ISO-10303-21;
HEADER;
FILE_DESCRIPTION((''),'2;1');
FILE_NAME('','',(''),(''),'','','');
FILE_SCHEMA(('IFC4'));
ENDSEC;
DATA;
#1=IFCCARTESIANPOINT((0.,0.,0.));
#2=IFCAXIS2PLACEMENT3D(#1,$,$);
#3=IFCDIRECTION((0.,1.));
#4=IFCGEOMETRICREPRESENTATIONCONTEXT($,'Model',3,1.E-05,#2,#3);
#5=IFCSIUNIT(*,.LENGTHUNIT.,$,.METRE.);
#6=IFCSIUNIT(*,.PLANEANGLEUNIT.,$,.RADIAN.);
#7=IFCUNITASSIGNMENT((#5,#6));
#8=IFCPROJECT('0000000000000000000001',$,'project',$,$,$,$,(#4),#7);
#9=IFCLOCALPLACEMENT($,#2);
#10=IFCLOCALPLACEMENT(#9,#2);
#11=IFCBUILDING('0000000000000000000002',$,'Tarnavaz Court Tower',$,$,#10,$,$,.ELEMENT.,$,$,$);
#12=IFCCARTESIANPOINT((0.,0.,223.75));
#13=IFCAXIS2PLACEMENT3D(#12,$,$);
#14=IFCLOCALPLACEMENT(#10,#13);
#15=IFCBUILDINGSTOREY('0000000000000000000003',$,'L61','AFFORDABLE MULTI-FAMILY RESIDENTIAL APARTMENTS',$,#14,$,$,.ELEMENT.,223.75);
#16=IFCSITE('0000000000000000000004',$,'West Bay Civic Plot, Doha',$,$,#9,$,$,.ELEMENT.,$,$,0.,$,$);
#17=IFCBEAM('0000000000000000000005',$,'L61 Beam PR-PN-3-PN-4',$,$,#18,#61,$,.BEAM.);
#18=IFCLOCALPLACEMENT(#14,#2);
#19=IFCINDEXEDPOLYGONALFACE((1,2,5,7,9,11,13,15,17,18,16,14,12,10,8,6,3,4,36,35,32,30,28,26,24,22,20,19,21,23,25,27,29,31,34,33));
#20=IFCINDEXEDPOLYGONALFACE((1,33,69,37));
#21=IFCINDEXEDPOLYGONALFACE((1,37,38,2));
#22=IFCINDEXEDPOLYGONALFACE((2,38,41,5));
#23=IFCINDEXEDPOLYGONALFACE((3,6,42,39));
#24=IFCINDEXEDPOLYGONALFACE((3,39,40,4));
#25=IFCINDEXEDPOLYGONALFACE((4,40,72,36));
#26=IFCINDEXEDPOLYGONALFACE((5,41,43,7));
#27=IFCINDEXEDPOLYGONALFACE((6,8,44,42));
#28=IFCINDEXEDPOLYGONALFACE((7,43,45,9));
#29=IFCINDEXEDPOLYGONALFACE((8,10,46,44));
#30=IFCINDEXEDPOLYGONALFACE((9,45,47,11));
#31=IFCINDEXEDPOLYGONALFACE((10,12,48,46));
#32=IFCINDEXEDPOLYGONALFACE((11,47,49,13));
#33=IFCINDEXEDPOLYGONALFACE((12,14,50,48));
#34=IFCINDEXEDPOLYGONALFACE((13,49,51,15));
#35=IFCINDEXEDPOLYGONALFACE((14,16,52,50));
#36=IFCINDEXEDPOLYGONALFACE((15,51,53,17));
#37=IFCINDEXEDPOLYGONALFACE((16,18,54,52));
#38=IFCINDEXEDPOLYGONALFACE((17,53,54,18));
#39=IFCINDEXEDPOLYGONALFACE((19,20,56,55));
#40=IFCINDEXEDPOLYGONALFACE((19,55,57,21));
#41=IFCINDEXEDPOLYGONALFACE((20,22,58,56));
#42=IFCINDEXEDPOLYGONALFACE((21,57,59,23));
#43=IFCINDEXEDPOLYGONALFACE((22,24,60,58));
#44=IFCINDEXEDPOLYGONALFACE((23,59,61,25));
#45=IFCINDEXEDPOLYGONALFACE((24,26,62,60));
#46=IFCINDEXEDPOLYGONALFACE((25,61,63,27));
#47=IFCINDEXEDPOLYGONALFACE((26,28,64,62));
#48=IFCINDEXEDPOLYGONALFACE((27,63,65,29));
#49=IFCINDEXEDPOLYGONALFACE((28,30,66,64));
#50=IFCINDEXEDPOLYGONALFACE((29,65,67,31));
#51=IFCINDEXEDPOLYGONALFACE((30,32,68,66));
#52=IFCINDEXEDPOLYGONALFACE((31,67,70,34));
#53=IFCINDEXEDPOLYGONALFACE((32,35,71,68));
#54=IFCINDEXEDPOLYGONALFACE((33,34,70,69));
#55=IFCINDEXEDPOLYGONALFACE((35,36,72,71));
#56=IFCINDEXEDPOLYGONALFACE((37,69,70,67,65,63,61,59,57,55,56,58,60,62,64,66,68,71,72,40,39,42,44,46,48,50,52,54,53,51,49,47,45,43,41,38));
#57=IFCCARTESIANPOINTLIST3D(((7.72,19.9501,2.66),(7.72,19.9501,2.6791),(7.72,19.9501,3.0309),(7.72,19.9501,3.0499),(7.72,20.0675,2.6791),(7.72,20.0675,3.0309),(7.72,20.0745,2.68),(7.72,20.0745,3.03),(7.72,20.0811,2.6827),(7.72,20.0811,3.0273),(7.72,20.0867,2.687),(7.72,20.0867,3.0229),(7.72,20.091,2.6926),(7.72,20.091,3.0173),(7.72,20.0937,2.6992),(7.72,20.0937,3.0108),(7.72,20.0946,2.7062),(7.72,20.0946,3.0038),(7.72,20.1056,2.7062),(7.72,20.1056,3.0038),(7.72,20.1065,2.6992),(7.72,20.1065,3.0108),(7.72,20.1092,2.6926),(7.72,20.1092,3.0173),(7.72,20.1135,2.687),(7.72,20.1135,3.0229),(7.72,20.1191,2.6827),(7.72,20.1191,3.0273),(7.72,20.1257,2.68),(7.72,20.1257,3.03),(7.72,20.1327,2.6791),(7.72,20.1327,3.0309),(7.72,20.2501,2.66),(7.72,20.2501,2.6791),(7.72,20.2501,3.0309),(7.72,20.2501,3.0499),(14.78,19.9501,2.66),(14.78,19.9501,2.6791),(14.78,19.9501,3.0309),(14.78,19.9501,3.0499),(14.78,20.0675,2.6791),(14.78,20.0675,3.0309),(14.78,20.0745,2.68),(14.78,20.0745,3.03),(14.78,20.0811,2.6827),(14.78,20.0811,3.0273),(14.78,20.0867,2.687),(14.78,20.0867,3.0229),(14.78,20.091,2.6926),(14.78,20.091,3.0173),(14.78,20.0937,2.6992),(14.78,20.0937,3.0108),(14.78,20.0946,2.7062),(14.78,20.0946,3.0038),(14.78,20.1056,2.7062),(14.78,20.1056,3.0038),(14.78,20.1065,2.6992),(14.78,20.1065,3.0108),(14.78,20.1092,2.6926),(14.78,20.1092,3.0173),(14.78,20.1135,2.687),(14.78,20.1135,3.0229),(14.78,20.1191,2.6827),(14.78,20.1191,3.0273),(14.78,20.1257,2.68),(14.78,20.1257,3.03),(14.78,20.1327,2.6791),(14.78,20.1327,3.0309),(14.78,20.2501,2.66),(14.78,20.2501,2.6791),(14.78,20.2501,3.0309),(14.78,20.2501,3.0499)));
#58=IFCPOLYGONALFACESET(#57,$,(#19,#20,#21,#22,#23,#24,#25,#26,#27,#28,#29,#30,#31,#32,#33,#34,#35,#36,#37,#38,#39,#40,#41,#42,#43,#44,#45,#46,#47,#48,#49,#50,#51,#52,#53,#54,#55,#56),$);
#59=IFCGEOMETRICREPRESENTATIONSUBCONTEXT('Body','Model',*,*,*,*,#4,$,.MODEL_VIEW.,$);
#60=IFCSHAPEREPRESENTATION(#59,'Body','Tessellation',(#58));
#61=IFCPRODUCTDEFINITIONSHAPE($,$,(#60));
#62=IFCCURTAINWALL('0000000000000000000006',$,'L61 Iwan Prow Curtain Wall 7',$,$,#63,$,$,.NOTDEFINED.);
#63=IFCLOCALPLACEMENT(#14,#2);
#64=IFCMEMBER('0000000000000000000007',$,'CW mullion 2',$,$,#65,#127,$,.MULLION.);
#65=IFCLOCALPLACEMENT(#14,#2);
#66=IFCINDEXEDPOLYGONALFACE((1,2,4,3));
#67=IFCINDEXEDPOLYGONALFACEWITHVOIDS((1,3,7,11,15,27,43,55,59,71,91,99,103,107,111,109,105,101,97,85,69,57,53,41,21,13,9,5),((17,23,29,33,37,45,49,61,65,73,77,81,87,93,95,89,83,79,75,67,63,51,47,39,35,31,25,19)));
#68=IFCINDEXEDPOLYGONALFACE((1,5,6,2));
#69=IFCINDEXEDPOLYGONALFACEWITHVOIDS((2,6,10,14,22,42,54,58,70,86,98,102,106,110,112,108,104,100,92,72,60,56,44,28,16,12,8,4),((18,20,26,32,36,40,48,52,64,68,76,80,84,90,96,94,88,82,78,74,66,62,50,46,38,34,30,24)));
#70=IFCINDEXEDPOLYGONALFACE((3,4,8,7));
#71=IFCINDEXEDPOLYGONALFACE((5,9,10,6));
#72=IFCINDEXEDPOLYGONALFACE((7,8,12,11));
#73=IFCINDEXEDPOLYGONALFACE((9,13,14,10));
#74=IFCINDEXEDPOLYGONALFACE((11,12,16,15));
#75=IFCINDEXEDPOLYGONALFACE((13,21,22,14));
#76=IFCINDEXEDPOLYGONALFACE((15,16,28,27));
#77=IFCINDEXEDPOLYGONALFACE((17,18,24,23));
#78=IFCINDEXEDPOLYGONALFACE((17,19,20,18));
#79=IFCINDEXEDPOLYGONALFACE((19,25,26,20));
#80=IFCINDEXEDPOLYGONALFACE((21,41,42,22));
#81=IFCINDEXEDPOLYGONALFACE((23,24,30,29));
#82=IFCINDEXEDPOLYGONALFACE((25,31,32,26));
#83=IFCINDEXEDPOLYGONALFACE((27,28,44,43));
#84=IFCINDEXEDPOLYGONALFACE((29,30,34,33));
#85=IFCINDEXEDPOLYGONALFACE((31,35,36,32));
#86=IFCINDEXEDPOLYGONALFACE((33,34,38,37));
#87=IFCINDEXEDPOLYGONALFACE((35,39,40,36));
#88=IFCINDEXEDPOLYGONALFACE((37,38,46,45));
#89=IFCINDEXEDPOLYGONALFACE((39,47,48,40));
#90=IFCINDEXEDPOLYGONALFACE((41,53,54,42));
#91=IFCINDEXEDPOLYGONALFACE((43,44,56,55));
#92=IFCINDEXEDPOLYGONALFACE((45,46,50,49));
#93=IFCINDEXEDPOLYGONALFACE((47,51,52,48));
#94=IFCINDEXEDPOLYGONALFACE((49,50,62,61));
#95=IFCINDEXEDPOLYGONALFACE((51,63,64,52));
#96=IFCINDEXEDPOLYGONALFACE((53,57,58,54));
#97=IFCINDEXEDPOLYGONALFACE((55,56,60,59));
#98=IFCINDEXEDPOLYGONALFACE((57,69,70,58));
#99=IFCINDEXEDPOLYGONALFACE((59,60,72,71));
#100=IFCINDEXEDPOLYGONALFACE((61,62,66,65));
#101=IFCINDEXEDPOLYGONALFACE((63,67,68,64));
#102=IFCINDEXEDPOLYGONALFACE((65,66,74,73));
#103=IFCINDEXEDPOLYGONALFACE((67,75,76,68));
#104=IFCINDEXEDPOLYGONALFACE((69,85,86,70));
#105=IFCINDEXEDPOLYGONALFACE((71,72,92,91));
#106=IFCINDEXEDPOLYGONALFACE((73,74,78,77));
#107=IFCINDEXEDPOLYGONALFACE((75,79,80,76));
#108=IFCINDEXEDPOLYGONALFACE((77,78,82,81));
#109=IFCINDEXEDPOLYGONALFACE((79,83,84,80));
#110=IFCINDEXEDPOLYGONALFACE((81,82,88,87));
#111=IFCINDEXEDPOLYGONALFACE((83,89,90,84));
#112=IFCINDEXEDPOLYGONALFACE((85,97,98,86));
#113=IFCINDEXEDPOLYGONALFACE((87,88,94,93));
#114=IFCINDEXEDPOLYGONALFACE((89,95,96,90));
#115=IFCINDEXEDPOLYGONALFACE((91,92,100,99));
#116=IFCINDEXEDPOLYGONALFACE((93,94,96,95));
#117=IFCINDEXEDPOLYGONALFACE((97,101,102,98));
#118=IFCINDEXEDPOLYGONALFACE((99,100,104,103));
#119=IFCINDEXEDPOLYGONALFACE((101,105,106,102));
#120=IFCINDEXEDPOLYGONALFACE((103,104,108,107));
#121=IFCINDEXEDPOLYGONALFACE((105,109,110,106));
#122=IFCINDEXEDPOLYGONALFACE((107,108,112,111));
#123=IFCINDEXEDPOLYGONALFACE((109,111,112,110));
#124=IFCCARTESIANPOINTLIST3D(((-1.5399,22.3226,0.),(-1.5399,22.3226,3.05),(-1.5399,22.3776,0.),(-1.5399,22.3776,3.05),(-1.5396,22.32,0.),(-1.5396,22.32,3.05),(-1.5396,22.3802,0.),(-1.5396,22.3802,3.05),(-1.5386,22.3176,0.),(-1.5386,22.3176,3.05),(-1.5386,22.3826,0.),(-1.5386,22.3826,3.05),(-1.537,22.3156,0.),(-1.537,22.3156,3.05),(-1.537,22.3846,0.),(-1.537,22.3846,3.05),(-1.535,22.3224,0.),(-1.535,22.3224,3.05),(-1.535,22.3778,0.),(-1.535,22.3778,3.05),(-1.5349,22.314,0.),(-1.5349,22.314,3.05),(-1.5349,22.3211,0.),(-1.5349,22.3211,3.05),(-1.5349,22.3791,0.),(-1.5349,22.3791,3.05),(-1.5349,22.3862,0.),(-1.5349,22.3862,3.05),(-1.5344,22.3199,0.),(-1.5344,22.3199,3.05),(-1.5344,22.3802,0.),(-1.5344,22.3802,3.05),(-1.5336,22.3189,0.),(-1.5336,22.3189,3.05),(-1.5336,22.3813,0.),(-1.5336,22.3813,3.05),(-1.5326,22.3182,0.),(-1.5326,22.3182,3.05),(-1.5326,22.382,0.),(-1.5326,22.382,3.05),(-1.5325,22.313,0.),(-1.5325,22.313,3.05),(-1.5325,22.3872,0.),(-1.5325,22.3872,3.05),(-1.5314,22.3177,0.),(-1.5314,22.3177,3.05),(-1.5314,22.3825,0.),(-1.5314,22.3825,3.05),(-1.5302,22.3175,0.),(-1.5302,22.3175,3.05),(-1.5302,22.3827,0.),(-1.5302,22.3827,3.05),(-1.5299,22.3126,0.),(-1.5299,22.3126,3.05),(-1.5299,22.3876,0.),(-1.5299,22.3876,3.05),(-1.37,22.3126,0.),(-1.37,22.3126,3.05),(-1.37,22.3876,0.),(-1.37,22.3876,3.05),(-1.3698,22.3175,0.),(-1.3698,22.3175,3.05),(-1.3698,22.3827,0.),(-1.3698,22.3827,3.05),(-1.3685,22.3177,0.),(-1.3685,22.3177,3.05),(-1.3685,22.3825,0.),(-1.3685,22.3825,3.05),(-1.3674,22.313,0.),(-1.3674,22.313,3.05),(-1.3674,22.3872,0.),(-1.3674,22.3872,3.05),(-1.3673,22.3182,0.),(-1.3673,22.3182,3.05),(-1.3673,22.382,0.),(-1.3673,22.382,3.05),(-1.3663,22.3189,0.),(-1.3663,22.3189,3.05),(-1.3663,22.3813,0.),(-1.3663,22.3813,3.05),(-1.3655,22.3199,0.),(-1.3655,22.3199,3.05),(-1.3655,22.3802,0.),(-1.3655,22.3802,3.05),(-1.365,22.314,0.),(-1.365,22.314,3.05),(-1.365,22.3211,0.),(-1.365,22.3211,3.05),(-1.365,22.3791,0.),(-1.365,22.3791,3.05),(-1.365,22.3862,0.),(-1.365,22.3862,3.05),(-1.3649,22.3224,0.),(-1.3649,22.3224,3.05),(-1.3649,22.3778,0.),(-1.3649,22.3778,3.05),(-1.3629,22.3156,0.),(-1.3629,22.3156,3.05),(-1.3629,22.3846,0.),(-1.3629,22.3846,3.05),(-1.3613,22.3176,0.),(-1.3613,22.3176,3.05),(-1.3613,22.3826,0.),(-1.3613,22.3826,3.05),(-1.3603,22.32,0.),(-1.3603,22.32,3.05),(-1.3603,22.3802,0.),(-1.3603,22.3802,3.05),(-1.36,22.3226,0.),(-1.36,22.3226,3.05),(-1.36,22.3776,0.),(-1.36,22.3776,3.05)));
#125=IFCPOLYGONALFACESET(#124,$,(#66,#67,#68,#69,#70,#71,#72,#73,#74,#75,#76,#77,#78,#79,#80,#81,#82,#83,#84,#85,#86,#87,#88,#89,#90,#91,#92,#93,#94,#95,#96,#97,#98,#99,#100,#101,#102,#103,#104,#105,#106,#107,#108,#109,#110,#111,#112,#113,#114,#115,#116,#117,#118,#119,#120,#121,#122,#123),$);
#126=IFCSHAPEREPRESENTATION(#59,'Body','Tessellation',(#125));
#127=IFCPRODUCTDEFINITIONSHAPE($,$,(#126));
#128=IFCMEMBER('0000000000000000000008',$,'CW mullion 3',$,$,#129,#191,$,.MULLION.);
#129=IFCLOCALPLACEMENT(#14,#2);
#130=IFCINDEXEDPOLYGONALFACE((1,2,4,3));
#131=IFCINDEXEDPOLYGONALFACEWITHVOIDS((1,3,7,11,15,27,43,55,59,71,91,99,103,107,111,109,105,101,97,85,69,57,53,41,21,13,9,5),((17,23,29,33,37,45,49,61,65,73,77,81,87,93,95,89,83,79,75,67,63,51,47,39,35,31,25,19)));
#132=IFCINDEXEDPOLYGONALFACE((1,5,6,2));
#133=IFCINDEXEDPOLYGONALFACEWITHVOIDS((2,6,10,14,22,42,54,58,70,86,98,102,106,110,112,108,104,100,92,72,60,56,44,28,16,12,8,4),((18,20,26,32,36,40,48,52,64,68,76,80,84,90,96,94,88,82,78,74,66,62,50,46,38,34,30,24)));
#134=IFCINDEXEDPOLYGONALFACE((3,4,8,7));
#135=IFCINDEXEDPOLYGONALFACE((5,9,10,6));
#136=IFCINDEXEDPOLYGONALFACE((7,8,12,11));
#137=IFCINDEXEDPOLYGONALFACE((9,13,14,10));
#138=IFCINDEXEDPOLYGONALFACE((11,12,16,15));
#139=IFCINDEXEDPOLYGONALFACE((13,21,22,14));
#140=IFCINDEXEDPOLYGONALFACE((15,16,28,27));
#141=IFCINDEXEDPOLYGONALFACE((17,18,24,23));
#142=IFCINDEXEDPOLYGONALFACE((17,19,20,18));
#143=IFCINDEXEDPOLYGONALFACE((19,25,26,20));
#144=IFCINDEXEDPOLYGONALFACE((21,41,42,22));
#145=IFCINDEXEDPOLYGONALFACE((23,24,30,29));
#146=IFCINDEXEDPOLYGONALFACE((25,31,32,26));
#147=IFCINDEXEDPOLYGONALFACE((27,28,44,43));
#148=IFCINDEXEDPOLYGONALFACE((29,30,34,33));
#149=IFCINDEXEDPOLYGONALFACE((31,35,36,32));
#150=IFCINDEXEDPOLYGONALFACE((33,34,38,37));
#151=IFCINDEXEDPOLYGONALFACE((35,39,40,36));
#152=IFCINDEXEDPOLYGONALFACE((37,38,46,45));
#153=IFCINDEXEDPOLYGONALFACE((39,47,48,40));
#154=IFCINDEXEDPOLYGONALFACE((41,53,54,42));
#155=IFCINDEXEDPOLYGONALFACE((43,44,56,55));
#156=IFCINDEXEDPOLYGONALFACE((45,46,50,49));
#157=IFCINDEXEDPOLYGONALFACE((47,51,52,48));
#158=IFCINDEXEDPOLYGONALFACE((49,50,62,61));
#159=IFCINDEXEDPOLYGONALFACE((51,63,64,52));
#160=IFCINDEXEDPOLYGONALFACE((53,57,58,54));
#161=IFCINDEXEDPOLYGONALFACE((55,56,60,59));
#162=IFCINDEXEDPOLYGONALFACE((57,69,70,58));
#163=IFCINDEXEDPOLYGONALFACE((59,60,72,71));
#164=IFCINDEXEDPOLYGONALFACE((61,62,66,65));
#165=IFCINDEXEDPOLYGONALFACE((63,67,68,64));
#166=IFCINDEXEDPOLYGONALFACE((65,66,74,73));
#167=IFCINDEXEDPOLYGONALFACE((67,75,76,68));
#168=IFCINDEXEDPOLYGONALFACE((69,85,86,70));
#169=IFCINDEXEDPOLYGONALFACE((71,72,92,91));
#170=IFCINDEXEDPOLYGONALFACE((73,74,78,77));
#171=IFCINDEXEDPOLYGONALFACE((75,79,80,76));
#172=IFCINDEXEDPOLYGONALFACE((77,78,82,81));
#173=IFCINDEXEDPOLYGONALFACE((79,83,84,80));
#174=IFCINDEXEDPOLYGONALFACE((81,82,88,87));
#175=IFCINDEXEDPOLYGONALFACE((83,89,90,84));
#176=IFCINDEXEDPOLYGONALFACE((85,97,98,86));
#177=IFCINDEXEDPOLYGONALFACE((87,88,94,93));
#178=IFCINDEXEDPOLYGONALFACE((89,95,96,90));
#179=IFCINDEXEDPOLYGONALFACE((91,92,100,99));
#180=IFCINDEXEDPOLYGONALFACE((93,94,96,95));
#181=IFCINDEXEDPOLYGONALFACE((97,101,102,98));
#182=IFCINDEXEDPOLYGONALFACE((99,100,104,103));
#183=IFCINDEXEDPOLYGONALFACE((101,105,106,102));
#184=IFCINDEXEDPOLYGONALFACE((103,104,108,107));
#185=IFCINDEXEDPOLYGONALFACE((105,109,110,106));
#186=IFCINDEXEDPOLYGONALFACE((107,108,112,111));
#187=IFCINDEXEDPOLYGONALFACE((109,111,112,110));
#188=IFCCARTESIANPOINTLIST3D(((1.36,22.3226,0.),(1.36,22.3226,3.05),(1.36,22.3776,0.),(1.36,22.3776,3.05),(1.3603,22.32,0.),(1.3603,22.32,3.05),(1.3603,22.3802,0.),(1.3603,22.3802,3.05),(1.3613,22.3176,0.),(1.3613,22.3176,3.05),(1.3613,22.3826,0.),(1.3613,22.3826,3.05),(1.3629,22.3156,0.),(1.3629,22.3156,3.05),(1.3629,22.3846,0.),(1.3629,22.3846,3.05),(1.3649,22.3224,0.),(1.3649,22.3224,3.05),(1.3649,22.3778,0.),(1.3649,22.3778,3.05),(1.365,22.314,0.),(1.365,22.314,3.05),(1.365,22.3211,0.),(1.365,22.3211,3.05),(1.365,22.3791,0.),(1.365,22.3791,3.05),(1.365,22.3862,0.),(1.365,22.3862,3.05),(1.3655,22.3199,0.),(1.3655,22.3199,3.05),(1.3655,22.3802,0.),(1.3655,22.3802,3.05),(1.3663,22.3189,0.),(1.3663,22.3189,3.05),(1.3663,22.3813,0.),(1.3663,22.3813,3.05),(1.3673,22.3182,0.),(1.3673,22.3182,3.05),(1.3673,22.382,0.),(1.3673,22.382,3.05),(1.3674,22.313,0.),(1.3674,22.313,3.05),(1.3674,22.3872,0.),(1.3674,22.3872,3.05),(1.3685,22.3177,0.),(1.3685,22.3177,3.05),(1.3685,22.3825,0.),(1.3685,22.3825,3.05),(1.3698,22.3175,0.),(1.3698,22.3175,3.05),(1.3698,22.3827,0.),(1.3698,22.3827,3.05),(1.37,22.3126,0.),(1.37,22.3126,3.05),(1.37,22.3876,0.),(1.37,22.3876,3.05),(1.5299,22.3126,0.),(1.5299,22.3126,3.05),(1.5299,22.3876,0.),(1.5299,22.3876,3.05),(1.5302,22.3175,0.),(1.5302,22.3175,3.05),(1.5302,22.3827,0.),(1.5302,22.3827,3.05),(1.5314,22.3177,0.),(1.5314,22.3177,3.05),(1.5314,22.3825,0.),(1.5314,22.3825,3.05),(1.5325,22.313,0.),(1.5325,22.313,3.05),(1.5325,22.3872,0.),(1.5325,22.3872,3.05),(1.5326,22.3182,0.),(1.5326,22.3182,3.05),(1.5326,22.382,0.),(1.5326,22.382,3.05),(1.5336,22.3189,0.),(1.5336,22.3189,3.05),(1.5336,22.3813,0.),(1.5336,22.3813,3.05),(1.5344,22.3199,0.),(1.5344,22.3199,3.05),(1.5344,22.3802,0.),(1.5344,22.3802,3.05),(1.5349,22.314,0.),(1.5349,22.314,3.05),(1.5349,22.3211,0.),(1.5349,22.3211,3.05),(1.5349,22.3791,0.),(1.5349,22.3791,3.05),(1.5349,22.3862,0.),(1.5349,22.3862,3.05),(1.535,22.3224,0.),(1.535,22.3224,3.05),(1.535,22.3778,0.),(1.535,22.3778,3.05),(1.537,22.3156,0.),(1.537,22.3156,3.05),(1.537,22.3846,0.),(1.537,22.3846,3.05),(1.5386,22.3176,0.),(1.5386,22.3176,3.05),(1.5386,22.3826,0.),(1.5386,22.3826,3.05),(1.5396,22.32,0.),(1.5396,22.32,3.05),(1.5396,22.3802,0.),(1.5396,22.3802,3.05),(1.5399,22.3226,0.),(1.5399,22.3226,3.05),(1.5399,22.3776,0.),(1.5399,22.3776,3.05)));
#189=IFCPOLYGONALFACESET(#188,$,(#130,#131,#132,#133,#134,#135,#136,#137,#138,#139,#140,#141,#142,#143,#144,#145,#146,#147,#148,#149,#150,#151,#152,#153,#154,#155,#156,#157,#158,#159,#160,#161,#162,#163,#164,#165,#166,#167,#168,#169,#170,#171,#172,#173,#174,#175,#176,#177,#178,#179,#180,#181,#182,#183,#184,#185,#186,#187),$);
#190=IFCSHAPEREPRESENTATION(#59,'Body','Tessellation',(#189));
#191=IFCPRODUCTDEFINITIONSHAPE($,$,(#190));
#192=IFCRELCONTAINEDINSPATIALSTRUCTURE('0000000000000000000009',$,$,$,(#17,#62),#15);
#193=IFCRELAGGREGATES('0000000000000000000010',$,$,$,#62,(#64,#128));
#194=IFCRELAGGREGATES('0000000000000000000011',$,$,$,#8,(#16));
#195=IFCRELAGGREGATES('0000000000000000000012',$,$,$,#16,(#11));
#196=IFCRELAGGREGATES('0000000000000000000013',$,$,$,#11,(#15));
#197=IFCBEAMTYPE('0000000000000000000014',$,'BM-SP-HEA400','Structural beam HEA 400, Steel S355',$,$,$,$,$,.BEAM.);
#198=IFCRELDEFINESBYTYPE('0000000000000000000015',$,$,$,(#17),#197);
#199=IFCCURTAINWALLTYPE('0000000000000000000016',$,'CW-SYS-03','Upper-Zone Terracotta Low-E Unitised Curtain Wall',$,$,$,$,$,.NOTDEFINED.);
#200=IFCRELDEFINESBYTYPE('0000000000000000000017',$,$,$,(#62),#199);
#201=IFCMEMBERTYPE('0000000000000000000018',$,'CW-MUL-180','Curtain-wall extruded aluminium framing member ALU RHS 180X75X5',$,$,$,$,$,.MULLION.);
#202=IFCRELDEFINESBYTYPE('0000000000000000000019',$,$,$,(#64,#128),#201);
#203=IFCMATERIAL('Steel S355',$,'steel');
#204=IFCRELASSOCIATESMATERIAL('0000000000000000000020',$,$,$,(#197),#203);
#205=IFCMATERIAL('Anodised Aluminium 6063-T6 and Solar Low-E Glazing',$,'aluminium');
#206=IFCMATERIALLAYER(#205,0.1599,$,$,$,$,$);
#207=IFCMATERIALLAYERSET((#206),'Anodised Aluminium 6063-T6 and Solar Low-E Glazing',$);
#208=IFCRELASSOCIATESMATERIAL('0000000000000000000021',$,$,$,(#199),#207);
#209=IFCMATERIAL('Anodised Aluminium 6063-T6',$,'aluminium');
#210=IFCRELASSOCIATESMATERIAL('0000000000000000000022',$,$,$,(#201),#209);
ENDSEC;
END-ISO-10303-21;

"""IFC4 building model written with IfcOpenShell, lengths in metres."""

from ifc_helpers import new_model, si_unit, direction, frame, origin, origin_2d, place, context, subcontext, project, spatial, hollow_rectangle, i_section, extrude, material, layer, layer_set, material_profile, profile_set, type_object, element, aggregate, save


model = new_model("IFC4")

# Units and contexts
model_context = context("Model", 3, precision=1e-05, world=origin(), true_north=direction((0.0, 1.0)))
body_context = subcontext(model_context, "Body", "Model", "MODEL_VIEW")
ifc_project = project(units=[si_unit("LENGTHUNIT", "METRE"), si_unit("PLANEANGLEUNIT", "RADIAN")], contexts=[model_context])

# Site, building, storey
site_placement = place(None, origin())
site = spatial("IfcSite", under=ifc_project, at=site_placement, Name="West Bay Civic Plot, Doha", CompositionType="ELEMENT", RefElevation=0.0)
building_placement = place(site_placement, origin())
building = spatial("IfcBuilding", under=site, at=building_placement, Name="Tarnavaz Court Tower", CompositionType="ELEMENT")
storey_placement = place(building_placement, frame((0.0, 0.0, 223.75)))
storey = spatial("IfcBuildingStorey", under=building, at=storey_placement, Name="L61", Description="AFFORDABLE MULTI-FAMILY RESIDENTIAL APARTMENTS", CompositionType="ELEMENT", Elevation=223.75)

# Beam
ifc_material_1 = material(Name="Steel S355", Category="steel")
ifc_material_profile_1 = material_profile(ifc_material_1, i_section(OverallWidth=0.3, OverallDepth=0.3899, WebThickness=0.011, FlangeThickness=0.019, FilletRadius=0.0271, at=origin_2d()), Name="HEA 400")
ifc_profile_set_1 = profile_set([ifc_material_profile_1], Name="Steel S355")
beam_type_1 = type_object("IfcBeamType", Name="BM-SP-HEA400", Description="Structural beam HEA 400, Steel S355", PredefinedType="BEAM", material=ifc_profile_set_1)
beam_placement = place(storey_placement, frame((7.72, 20.1001, 2.855), z_axis=(1.0, 0.0, 0.0), x_axis=(0.0, 1.0, 0.0)))
element("IfcBeam", 1, at=beam_placement, inside=storey, type_object=beam_type_1, Name="L61 Beam PR-PN-3-PN-4", PredefinedType="BEAM", context=body_context, shape_type="SweptSolid", body=[
    extrude(i_section(OverallWidth=0.3, OverallDepth=0.3899, WebThickness=0.011, FlangeThickness=0.019, FilletRadius=0.0271, at=origin_2d()), origin(), (0.0, 0.0, 1.0), 7.0601),
])

# Curtain wall, members
ifc_material_2 = material(Name="Anodised Aluminium 6063-T6 and Solar Low-E Glazing", Category="aluminium")
ifc_layer_1 = layer(ifc_material_2, 0.1599)
ifc_layer_set_1 = layer_set([ifc_layer_1], Name="Anodised Aluminium 6063-T6 and Solar Low-E Glazing")
curtain_wall_type = type_object("IfcCurtainWallType", Name="CW-SYS-03", Description="Upper-Zone Terracotta Low-E Unitised Curtain Wall", PredefinedType="NOTDEFINED", material=ifc_layer_set_1)
curtain_wall_placement = place(storey_placement, origin())
curtain_wall = element("IfcCurtainWall", 2, at=curtain_wall_placement, inside=storey, type_object=curtain_wall_type, Name="L61 Iwan Prow Curtain Wall 7", PredefinedType="NOTDEFINED")
ifc_material_3 = material(Name="Anodised Aluminium 6063-T6", Category="aluminium")
ifc_material_profile_2 = material_profile(ifc_material_3, hollow_rectangle(XDim=0.075, YDim=0.1799, WallThickness=0.0049, InnerFilletRadius=0.0049, OuterFilletRadius=0.01, at=origin_2d()), Name="ALU RHS 180X75X5")
ifc_profile_set_2 = profile_set([ifc_material_profile_2], Name="Anodised Aluminium 6063-T6")
member_type_1 = type_object("IfcMemberType", Name="CW-MUL-180", Description="Curtain-wall extruded aluminium framing member ALU RHS 180X75X5", PredefinedType="MULLION", material=ifc_profile_set_2)
member_1_placement = place(storey_placement, frame((-1.45, 22.3501, 0.0), z_axis=(0.0, 0.0, 1.0), x_axis=(0.0, 1.0, 0.0)))
member_1 = element("IfcMember", 3, at=member_1_placement, type_object=member_type_1, Name="CW mullion 2", PredefinedType="MULLION", context=body_context, shape_type="SweptSolid", body=[
    extrude(hollow_rectangle(XDim=0.075, YDim=0.1799, WallThickness=0.0049, InnerFilletRadius=0.0049, OuterFilletRadius=0.01, at=origin_2d()), origin(), (0.0, 0.0, 1.0), 3.05),
])
member_2_placement = place(storey_placement, frame((1.45, 22.3501, 0.0), z_axis=(0.0, 0.0, 1.0), x_axis=(0.0, 1.0, 0.0)))
member_2 = element("IfcMember", 4, at=member_2_placement, type_object=member_type_1, Name="CW mullion 3", PredefinedType="MULLION", context=body_context, shape_type="SweptSolid", body=[
    extrude(hollow_rectangle(XDim=0.075, YDim=0.1799, WallThickness=0.0049, InnerFilletRadius=0.0049, OuterFilletRadius=0.01, at=origin_2d()), origin(), (0.0, 0.0, 1.0), 3.05),
])
aggregate(curtain_wall, [member_1, member_2])

save(model, "model.ifc")
